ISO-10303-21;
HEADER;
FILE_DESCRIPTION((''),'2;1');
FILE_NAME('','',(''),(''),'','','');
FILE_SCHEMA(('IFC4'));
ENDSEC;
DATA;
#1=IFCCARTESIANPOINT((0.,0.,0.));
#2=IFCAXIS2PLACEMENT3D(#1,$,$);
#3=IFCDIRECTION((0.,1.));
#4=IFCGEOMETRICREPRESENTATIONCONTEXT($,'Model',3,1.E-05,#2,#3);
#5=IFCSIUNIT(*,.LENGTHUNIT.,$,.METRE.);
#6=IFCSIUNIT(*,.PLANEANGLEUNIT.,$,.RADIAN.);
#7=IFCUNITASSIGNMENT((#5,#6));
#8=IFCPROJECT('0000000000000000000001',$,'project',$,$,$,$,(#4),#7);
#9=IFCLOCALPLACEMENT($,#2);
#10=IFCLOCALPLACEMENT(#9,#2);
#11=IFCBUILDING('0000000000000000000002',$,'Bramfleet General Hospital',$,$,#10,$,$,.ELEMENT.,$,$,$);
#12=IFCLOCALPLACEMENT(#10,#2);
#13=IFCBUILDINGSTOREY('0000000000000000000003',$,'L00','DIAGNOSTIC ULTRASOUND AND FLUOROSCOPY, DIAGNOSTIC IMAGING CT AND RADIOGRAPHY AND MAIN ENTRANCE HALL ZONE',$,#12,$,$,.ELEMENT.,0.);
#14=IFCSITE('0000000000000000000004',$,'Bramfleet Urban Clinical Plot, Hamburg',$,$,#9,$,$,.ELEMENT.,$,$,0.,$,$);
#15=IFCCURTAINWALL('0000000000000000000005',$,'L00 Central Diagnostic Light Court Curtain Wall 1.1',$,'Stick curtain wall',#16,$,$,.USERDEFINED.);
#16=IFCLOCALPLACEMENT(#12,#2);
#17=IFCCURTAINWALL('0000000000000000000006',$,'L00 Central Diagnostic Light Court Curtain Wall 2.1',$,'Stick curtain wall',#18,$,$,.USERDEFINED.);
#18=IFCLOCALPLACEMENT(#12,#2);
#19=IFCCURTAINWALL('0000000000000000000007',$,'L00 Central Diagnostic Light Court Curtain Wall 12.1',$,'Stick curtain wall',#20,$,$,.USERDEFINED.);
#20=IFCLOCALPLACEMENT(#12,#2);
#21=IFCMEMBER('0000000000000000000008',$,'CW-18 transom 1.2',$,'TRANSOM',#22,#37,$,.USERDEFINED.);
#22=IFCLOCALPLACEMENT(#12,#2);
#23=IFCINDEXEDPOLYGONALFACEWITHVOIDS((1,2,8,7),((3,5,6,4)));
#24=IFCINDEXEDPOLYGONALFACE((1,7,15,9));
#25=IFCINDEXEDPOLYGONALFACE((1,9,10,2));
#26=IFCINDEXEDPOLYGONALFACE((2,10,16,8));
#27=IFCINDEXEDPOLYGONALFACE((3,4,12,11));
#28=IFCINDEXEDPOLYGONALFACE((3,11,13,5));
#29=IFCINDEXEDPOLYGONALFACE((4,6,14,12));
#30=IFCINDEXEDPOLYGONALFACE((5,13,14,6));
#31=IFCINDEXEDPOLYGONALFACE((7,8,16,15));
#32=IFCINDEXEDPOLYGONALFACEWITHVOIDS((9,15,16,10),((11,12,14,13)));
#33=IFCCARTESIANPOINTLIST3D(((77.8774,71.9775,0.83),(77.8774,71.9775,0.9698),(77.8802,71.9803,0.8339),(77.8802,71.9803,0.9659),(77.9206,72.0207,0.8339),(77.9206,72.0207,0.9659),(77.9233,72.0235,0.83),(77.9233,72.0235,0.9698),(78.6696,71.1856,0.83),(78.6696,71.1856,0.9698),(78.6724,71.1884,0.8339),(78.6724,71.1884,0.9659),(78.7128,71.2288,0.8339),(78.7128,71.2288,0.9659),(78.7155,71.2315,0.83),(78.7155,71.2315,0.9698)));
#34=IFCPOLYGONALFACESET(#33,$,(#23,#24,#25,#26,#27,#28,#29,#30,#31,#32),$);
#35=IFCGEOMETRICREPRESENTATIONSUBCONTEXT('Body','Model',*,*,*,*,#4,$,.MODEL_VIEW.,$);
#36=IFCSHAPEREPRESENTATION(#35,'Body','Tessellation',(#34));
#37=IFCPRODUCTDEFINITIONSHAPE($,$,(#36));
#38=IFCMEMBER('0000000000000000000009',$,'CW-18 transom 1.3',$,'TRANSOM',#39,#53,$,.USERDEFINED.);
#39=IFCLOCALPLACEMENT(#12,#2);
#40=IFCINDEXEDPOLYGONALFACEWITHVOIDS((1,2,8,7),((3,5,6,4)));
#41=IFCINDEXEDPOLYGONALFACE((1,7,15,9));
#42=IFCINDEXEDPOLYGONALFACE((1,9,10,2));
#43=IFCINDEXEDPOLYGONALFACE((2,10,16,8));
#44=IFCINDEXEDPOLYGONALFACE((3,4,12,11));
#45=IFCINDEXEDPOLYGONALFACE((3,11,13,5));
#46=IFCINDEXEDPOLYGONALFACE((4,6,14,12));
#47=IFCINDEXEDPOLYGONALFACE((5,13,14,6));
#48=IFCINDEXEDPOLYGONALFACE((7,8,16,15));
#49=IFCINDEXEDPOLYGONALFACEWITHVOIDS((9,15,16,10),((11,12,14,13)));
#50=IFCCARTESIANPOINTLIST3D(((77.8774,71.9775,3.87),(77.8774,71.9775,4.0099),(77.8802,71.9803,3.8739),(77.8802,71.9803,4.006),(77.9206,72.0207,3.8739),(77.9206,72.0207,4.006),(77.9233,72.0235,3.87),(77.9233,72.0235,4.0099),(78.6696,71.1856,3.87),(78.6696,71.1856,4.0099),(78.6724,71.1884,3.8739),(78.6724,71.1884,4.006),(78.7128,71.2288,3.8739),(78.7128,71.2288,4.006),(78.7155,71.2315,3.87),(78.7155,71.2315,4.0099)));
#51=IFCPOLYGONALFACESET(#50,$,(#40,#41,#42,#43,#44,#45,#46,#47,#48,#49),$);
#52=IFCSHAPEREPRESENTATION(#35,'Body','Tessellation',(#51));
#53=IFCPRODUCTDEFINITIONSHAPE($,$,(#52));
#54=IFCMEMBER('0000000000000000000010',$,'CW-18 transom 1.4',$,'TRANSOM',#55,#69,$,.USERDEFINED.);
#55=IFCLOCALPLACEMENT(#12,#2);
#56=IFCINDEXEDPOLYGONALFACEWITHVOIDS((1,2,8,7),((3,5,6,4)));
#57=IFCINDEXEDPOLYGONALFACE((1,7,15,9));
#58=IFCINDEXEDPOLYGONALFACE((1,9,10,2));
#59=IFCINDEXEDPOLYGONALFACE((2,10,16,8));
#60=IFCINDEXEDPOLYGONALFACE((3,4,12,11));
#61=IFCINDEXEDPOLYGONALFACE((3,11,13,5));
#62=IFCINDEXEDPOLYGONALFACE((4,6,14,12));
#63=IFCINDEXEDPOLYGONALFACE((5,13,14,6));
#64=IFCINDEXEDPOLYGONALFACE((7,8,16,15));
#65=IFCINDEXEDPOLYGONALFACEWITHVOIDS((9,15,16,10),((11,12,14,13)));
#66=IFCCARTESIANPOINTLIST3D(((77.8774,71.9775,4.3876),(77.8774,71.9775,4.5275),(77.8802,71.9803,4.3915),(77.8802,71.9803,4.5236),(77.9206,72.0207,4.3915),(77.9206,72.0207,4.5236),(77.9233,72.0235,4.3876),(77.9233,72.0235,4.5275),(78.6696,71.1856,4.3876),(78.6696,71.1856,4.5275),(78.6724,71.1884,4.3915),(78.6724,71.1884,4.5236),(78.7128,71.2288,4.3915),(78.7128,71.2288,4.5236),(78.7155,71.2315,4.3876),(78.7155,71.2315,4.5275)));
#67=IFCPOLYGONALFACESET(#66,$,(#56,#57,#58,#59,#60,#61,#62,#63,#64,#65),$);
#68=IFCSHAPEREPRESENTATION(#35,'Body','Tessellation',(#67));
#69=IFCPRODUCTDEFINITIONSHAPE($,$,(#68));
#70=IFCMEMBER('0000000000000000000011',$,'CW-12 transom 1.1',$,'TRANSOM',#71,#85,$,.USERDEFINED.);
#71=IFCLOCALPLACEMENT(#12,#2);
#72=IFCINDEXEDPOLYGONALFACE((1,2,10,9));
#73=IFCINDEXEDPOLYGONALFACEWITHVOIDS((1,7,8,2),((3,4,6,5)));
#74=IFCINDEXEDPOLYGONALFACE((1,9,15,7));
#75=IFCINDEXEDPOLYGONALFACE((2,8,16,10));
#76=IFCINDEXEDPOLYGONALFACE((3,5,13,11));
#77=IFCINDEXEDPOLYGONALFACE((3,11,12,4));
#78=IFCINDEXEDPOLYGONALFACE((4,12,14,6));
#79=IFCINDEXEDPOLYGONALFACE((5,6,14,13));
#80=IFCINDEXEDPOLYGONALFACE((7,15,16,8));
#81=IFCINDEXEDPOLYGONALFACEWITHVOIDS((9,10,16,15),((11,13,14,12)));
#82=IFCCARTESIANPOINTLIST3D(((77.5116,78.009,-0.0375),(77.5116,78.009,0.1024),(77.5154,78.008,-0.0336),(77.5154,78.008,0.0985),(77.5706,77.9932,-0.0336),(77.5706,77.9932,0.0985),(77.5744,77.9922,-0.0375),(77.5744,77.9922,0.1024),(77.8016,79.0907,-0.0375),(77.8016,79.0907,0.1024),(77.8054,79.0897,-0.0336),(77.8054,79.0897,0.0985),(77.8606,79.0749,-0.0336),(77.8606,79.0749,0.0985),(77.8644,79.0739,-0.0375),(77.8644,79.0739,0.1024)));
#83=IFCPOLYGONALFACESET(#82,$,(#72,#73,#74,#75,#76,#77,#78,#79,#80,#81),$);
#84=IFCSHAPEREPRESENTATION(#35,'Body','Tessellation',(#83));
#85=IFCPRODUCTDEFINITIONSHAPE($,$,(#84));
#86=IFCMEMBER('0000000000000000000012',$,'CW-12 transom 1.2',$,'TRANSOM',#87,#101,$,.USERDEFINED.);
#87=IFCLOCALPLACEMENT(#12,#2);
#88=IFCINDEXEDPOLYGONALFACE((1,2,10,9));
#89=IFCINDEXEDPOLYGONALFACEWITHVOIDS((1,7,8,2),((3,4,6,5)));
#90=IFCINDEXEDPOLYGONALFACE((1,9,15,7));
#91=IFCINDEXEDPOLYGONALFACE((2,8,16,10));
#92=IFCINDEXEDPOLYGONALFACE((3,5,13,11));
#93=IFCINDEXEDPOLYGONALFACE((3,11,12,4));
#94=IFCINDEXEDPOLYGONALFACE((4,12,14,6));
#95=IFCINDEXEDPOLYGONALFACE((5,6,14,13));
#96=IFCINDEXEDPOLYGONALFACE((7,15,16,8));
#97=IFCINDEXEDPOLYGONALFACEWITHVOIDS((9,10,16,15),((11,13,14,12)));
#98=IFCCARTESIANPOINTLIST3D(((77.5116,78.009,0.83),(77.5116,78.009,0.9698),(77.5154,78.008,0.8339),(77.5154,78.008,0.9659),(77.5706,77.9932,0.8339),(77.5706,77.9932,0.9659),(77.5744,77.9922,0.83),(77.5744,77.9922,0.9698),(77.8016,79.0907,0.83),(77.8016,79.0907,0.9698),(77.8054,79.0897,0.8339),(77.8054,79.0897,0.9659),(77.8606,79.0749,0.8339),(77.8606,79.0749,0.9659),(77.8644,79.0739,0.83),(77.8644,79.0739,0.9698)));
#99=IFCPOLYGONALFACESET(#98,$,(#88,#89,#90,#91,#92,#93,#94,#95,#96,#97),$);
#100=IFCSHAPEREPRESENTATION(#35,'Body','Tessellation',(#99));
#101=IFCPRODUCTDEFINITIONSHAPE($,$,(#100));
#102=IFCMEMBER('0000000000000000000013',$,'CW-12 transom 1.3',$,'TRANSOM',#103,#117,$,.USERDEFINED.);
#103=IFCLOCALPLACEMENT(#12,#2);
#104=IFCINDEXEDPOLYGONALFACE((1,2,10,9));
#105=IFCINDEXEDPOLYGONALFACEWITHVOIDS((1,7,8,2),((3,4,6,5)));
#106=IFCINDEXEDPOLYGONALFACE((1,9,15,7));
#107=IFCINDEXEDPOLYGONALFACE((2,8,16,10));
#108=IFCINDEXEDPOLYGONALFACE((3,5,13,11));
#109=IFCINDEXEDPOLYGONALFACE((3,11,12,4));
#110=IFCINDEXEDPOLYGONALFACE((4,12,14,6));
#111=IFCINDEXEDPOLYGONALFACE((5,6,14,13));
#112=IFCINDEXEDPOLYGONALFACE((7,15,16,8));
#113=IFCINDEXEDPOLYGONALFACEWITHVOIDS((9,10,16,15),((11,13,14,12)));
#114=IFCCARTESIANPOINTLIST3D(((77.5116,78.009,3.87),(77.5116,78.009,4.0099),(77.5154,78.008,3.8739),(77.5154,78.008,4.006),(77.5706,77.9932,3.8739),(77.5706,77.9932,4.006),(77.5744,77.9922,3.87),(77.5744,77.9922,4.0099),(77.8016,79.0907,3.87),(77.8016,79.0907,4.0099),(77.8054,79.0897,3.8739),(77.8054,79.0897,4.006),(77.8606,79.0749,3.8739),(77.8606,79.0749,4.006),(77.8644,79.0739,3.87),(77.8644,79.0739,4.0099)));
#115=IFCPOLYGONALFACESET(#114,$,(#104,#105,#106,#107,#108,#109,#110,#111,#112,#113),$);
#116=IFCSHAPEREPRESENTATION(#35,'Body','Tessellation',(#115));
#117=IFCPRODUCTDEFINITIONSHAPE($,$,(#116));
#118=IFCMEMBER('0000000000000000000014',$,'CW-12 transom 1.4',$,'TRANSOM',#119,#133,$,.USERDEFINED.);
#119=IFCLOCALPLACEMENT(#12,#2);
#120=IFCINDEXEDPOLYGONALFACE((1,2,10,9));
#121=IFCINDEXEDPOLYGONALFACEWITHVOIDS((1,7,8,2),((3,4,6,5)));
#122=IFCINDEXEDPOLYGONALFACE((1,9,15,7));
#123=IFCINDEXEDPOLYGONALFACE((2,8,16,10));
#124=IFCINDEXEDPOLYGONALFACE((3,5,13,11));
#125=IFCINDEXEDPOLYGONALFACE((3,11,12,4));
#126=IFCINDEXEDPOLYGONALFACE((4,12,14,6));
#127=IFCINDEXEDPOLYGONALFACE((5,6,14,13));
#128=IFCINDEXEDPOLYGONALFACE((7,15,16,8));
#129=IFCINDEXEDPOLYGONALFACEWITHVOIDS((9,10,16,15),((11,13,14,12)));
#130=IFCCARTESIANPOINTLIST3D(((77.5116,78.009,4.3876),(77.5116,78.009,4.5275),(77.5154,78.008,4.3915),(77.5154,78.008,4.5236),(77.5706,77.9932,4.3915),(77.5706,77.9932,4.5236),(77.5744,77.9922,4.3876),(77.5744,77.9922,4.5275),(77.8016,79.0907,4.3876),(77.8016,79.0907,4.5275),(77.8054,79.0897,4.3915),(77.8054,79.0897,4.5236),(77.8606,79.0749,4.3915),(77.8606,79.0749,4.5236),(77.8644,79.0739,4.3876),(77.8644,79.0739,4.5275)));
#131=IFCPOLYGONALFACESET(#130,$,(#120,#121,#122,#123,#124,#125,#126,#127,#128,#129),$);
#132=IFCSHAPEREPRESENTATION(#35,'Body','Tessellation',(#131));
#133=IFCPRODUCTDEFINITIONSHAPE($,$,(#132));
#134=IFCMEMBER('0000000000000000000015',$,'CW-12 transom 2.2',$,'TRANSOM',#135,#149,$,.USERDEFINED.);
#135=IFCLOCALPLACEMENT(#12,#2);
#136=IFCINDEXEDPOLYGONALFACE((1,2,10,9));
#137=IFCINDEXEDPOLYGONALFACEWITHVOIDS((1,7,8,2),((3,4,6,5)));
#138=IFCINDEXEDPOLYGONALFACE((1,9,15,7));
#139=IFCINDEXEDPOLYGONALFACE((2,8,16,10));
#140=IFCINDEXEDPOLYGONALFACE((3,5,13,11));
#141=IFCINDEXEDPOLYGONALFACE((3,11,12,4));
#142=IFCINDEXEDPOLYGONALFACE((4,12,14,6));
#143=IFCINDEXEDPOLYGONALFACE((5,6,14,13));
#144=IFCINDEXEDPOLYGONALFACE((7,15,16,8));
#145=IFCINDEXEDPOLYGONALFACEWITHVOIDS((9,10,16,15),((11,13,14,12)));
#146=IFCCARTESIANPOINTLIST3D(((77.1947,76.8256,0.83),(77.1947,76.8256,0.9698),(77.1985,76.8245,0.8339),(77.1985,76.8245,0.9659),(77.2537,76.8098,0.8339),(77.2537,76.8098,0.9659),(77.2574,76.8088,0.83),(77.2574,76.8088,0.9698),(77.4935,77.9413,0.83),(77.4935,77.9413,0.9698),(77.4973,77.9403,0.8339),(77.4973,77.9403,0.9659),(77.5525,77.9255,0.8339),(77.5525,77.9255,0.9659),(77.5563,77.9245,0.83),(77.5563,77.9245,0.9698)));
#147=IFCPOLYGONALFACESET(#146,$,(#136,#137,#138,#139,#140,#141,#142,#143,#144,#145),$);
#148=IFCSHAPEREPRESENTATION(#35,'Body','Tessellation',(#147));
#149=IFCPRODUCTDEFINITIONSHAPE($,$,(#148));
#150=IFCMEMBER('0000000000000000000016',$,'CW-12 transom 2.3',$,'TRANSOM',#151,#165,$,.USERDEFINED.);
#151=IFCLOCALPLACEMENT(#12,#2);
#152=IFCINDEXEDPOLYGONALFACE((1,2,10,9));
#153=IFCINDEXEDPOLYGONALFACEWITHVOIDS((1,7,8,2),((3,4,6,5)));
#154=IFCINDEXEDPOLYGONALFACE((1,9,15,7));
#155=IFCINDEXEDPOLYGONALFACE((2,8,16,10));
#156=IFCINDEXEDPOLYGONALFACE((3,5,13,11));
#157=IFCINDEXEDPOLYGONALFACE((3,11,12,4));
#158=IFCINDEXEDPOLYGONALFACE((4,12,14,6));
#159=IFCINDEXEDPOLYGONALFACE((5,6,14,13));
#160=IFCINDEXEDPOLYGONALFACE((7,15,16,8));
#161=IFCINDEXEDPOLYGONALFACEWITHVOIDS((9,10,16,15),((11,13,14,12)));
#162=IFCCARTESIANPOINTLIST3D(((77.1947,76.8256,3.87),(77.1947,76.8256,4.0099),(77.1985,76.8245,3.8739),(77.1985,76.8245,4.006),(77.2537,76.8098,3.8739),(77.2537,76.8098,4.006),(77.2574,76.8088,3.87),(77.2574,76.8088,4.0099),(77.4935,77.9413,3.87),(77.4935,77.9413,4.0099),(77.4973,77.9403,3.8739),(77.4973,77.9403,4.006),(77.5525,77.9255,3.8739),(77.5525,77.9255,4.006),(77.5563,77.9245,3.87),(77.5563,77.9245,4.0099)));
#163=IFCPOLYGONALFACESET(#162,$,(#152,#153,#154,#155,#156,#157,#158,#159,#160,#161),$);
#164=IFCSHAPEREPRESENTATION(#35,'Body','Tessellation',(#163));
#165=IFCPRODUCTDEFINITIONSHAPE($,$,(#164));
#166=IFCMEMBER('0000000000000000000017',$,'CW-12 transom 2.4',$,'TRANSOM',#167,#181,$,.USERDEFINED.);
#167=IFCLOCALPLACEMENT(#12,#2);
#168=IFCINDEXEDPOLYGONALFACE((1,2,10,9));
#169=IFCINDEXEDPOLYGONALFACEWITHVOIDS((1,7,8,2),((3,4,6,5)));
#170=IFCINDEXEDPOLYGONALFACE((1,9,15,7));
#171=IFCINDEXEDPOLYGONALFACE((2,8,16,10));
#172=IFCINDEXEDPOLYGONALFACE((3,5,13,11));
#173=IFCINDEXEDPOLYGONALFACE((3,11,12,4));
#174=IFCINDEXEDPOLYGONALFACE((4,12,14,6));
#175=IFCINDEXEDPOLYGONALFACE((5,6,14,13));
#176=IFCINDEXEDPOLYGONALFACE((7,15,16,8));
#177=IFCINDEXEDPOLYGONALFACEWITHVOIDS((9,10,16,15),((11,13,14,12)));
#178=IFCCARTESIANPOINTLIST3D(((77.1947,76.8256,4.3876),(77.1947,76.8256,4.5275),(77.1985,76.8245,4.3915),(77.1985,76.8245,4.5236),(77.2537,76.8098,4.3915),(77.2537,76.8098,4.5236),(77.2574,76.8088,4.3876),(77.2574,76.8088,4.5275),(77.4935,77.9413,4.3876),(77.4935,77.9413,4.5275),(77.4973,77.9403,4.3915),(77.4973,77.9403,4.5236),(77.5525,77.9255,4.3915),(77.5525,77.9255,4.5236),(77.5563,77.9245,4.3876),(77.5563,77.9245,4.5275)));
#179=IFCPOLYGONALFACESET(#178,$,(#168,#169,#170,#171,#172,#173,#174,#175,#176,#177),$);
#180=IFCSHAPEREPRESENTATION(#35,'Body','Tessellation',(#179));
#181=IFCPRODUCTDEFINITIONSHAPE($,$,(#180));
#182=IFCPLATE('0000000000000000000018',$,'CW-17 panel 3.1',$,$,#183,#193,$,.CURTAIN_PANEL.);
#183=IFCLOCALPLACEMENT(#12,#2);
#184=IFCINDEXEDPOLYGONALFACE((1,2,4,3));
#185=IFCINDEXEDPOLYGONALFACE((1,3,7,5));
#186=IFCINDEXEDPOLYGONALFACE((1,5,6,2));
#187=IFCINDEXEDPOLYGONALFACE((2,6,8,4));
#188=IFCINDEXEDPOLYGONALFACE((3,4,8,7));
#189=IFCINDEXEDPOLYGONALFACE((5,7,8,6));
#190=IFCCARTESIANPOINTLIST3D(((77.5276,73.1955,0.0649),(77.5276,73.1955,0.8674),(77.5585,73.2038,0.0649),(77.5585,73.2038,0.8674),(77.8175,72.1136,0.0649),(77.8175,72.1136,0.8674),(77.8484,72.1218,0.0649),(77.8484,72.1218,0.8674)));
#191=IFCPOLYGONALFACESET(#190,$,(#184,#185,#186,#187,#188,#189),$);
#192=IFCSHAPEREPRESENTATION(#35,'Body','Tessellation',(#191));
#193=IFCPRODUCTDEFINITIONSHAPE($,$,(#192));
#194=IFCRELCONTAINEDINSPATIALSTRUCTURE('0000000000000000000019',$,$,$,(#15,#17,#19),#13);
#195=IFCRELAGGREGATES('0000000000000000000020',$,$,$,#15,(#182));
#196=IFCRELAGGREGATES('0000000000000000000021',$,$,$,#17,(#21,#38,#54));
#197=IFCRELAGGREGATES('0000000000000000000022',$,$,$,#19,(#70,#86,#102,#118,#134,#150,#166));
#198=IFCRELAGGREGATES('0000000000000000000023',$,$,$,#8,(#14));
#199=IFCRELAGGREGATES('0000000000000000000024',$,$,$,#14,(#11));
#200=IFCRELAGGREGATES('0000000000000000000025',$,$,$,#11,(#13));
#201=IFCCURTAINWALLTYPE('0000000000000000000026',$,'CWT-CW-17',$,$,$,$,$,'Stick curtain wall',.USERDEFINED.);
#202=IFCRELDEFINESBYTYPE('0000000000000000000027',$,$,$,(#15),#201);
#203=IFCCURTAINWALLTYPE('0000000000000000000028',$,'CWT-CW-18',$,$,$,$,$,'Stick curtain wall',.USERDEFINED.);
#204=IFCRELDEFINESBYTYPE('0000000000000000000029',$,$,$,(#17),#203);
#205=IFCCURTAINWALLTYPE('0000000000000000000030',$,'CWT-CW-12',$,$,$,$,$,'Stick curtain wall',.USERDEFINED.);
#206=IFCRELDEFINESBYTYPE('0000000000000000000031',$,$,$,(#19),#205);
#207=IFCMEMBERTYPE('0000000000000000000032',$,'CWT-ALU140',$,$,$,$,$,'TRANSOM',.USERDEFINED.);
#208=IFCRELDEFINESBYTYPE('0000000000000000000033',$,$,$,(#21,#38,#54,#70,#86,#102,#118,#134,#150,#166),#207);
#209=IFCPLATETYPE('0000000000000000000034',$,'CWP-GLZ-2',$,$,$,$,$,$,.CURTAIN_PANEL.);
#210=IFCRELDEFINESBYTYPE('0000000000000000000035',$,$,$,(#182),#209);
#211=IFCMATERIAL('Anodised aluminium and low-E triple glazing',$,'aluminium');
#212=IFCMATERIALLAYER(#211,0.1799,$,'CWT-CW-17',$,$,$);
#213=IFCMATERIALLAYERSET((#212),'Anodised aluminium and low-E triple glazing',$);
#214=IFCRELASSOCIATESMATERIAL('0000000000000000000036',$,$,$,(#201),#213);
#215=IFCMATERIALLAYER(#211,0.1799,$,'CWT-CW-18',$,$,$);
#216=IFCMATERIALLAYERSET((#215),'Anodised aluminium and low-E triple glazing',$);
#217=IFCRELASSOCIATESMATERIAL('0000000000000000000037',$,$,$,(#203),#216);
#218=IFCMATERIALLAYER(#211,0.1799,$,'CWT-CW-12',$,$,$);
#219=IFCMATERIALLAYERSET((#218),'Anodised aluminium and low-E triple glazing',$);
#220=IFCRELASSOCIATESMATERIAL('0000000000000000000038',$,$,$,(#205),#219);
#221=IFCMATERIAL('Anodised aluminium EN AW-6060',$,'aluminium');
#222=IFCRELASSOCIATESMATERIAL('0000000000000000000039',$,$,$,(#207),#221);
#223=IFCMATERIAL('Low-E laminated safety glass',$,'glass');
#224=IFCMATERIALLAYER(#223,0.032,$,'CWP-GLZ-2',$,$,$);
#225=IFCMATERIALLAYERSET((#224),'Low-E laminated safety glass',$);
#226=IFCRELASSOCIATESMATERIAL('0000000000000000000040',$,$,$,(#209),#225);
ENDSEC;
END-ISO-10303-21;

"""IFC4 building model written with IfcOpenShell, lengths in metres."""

from ifc_helpers import new_model, si_unit, direction, frame, origin, origin_2d, place, context, subcontext, project, spatial, rectangle, hollow_rectangle, extrude, material, layer, layer_set, material_profile, profile_set, type_object, element, aggregate, save


model = new_model("IFC4")

# Units and contexts
model_context = context("Model", 3, precision=1e-05, world=origin(), true_north=direction((0.0, 1.0)))
body_context = subcontext(model_context, "Body", "Model", "MODEL_VIEW")
ifc_project = project(units=[si_unit("LENGTHUNIT", "METRE"), si_unit("PLANEANGLEUNIT", "RADIAN")], contexts=[model_context])

# Site, building, storey
site_placement = place(None, origin())
site = spatial("IfcSite", under=ifc_project, at=site_placement, Name="Bramfleet Urban Clinical Plot, Hamburg", CompositionType="ELEMENT", RefElevation=0.0)
building_placement = place(site_placement, origin())
building = spatial("IfcBuilding", under=site, at=building_placement, Name="Bramfleet General Hospital", CompositionType="ELEMENT")
storey_placement = place(building_placement, origin())
storey = spatial("IfcBuildingStorey", under=building, at=storey_placement, Name="L00", Description="DIAGNOSTIC ULTRASOUND AND FLUOROSCOPY, DIAGNOSTIC IMAGING CT AND RADIOGRAPHY AND MAIN ENTRANCE HALL ZONE", CompositionType="ELEMENT", Elevation=0.0)

# Curtain wall
ifc_material_1 = material(Name="Anodised aluminium and low-E triple glazing", Category="aluminium")
ifc_layer_1 = layer(ifc_material_1, 0.1799, Name="CWT-CW-17")
ifc_layer_set_1 = layer_set([ifc_layer_1], Name="Anodised aluminium and low-E triple glazing")
curtain_wall_type_1 = type_object("IfcCurtainWallType", Name="CWT-CW-17", ElementType="Stick curtain wall", PredefinedType="USERDEFINED", material=ifc_layer_set_1)
curtain_wall_1_placement = place(storey_placement, origin())
curtain_wall_1 = element("IfcCurtainWall", 1, at=curtain_wall_1_placement, inside=storey, type_object=curtain_wall_type_1, Name="L00 Central Diagnostic Light Court Curtain Wall 1.1", ObjectType="Stick curtain wall", PredefinedType="USERDEFINED")
ifc_material_2 = material(Name="Anodised aluminium EN AW-6060", Category="aluminium")

# Curtain wall
ifc_layer_2 = layer(ifc_material_1, 0.1799, Name="CWT-CW-18")
ifc_layer_set_2 = layer_set([ifc_layer_2], Name="Anodised aluminium and low-E triple glazing")
curtain_wall_type_2 = type_object("IfcCurtainWallType", Name="CWT-CW-18", ElementType="Stick curtain wall", PredefinedType="USERDEFINED", material=ifc_layer_set_2)
curtain_wall_2_placement = place(storey_placement, origin())
curtain_wall_2 = element("IfcCurtainWall", 2, at=curtain_wall_2_placement, inside=storey, type_object=curtain_wall_type_2, Name="L00 Central Diagnostic Light Court Curtain Wall 2.1", ObjectType="Stick curtain wall", PredefinedType="USERDEFINED")

# Curtain wall
ifc_layer_3 = layer(ifc_material_1, 0.1799, Name="CWT-CW-12")
ifc_layer_set_3 = layer_set([ifc_layer_3], Name="Anodised aluminium and low-E triple glazing")
curtain_wall_type_3 = type_object("IfcCurtainWallType", Name="CWT-CW-12", ElementType="Stick curtain wall", PredefinedType="USERDEFINED", material=ifc_layer_set_3)
curtain_wall_3_placement = place(storey_placement, origin())
curtain_wall_3 = element("IfcCurtainWall", 3, at=curtain_wall_3_placement, inside=storey, type_object=curtain_wall_type_3, Name="L00 Central Diagnostic Light Court Curtain Wall 12.1", ObjectType="Stick curtain wall", PredefinedType="USERDEFINED")

# Members
ifc_material_profile_1 = material_profile(ifc_material_2, hollow_rectangle(XDim=0.0649, YDim=0.1399, WallThickness=0.0039, at=origin_2d()), Name="ALU 140x65x4.0")
ifc_profile_set_1 = profile_set([ifc_material_profile_1], Name="Anodised aluminium EN AW-6060")
member_type_1 = type_object("IfcMemberType", Name="CWT-ALU140", ElementType="TRANSOM", PredefinedType="USERDEFINED", material=ifc_profile_set_1)
member_1_placement = place(storey_placement, frame((77.9004, 72.0005, 0.8999), z_axis=(0.707216, -0.706998, 0.0), x_axis=(0.706998, 0.707216, 0.0)))
member_1 = element("IfcMember", 4, at=member_1_placement, type_object=member_type_1, Name="CW-18 transom 1.2", ObjectType="TRANSOM", PredefinedType="USERDEFINED", context=body_context, shape_type="SweptSolid", body=[
    extrude(hollow_rectangle(XDim=0.0649, YDim=0.1399, WallThickness=0.0039, at=origin_2d()), origin(), (0.0, 0.0, 1.0), 1.1201),
])
member_2_placement = place(storey_placement, frame((77.9004, 72.0005, 3.9399), z_axis=(0.707216, -0.706998, 0.0), x_axis=(0.706998, 0.707216, 0.0)))
member_2 = element("IfcMember", 5, at=member_2_placement, type_object=member_type_1, Name="CW-18 transom 1.3", ObjectType="TRANSOM", PredefinedType="USERDEFINED", context=body_context, shape_type="SweptSolid", body=[
    extrude(hollow_rectangle(XDim=0.0649, YDim=0.1399, WallThickness=0.0039, at=origin_2d()), origin(), (0.0, 0.0, 1.0), 1.1201),
])
member_3_placement = place(storey_placement, frame((77.9004, 72.0005, 4.4575), z_axis=(0.707216, -0.706998, 0.0), x_axis=(0.706998, 0.707216, 0.0)))
member_3 = element("IfcMember", 6, at=member_3_placement, type_object=member_type_1, Name="CW-18 transom 1.4", ObjectType="TRANSOM", PredefinedType="USERDEFINED", context=body_context, shape_type="SweptSolid", body=[
    extrude(hollow_rectangle(XDim=0.0649, YDim=0.1399, WallThickness=0.0039, at=origin_2d()), origin(), (0.0, 0.0, 1.0), 1.1201),
])
member_4_placement = place(storey_placement, frame((77.833, 79.0823, 0.0325), z_axis=(-0.258965, -0.965887, 0.0), x_axis=(0.965887, -0.258965, 0.0)))
member_4 = element("IfcMember", 7, at=member_4_placement, type_object=member_type_1, Name="CW-12 transom 1.1", ObjectType="TRANSOM", PredefinedType="USERDEFINED", context=body_context, shape_type="SweptSolid", body=[
    extrude(hollow_rectangle(XDim=0.0649, YDim=0.1399, WallThickness=0.0039, at=origin_2d()), origin(), (0.0, 0.0, 1.0), 1.1199),
])
member_5_placement = place(storey_placement, frame((77.833, 79.0823, 0.8999), z_axis=(-0.258965, -0.965887, 0.0), x_axis=(0.965887, -0.258965, 0.0)))
member_5 = element("IfcMember", 8, at=member_5_placement, type_object=member_type_1, Name="CW-12 transom 1.2", ObjectType="TRANSOM", PredefinedType="USERDEFINED", context=body_context, shape_type="SweptSolid", body=[
    extrude(hollow_rectangle(XDim=0.0649, YDim=0.1399, WallThickness=0.0039, at=origin_2d()), origin(), (0.0, 0.0, 1.0), 1.1199),
])
member_6_placement = place(storey_placement, frame((77.833, 79.0823, 3.9399), z_axis=(-0.258965, -0.965887, 0.0), x_axis=(0.965887, -0.258965, 0.0)))
member_6 = element("IfcMember", 9, at=member_6_placement, type_object=member_type_1, Name="CW-12 transom 1.3", ObjectType="TRANSOM", PredefinedType="USERDEFINED", context=body_context, shape_type="SweptSolid", body=[
    extrude(hollow_rectangle(XDim=0.0649, YDim=0.1399, WallThickness=0.0039, at=origin_2d()), origin(), (0.0, 0.0, 1.0), 1.1199),
])
member_7_placement = place(storey_placement, frame((77.833, 79.0823, 4.4575), z_axis=(-0.258965, -0.965887, 0.0), x_axis=(0.965887, -0.258965, 0.0)))
member_7 = element("IfcMember", 10, at=member_7_placement, type_object=member_type_1, Name="CW-12 transom 1.4", ObjectType="TRANSOM", PredefinedType="USERDEFINED", context=body_context, shape_type="SweptSolid", body=[
    extrude(hollow_rectangle(XDim=0.0649, YDim=0.1399, WallThickness=0.0039, at=origin_2d()), origin(), (0.0, 0.0, 1.0), 1.1199),
])
member_8_placement = place(storey_placement, frame((77.5249, 77.9329, 0.8999), z_axis=(-0.258715, -0.965954, 0.0), x_axis=(0.965954, -0.258715, 0.0)))
member_8 = element("IfcMember", 11, at=member_8_placement, type_object=member_type_1, Name="CW-12 transom 2.2", ObjectType="TRANSOM", PredefinedType="USERDEFINED", context=body_context, shape_type="SweptSolid", body=[
    extrude(hollow_rectangle(XDim=0.0649, YDim=0.1399, WallThickness=0.0039, at=origin_2d()), origin(), (0.0, 0.0, 1.0), 1.155),
])
member_9_placement = place(storey_placement, frame((77.5249, 77.9329, 3.9399), z_axis=(-0.258715, -0.965954, 0.0), x_axis=(0.965954, -0.258715, 0.0)))
member_9 = element("IfcMember", 12, at=member_9_placement, type_object=member_type_1, Name="CW-12 transom 2.3", ObjectType="TRANSOM", PredefinedType="USERDEFINED", context=body_context, shape_type="SweptSolid", body=[
    extrude(hollow_rectangle(XDim=0.0649, YDim=0.1399, WallThickness=0.0039, at=origin_2d()), origin(), (0.0, 0.0, 1.0), 1.155),
])
member_10_placement = place(storey_placement, frame((77.5249, 77.9329, 4.4575), z_axis=(-0.258715, -0.965954, 0.0), x_axis=(0.965954, -0.258715, 0.0)))
member_10 = element("IfcMember", 13, at=member_10_placement, type_object=member_type_1, Name="CW-12 transom 2.4", ObjectType="TRANSOM", PredefinedType="USERDEFINED", context=body_context, shape_type="SweptSolid", body=[
    extrude(hollow_rectangle(XDim=0.0649, YDim=0.1399, WallThickness=0.0039, at=origin_2d()), origin(), (0.0, 0.0, 1.0), 1.155),
])

# Plate
ifc_material_3 = material(Name="Low-E laminated safety glass", Category="glass")
ifc_layer_4 = layer(ifc_material_3, 0.032, Name="CWP-GLZ-2")
ifc_layer_set_4 = layer_set([ifc_layer_4], Name="Low-E laminated safety glass")
plate_type = type_object("IfcPlateType", Name="CWP-GLZ-2", PredefinedType="CURTAIN_PANEL", material=ifc_layer_set_4)
plate_1_placement = place(storey_placement, frame((77.688, 72.6587, 0.0649), z_axis=(0.0, 0.0, 1.0), x_axis=(0.258763, -0.965941, 0.0)))
plate_1 = element("IfcPlate", 14, at=plate_1_placement, type_object=plate_type, Name="CW-17 panel 3.1", PredefinedType="CURTAIN_PANEL", context=body_context, shape_type="SweptSolid", body=[
    extrude(rectangle(XDim=1.1201, YDim=0.032, at=origin_2d()), origin(), (0.0, 0.0, 1.0), 0.8025),
])
aggregate(curtain_wall_1, [plate_1])
aggregate(curtain_wall_2, [member_1, member_2, member_3])
aggregate(curtain_wall_3, [member_4, member_5, member_6, member_7, member_8, member_9, member_10])

save(model, "model.ifc")
